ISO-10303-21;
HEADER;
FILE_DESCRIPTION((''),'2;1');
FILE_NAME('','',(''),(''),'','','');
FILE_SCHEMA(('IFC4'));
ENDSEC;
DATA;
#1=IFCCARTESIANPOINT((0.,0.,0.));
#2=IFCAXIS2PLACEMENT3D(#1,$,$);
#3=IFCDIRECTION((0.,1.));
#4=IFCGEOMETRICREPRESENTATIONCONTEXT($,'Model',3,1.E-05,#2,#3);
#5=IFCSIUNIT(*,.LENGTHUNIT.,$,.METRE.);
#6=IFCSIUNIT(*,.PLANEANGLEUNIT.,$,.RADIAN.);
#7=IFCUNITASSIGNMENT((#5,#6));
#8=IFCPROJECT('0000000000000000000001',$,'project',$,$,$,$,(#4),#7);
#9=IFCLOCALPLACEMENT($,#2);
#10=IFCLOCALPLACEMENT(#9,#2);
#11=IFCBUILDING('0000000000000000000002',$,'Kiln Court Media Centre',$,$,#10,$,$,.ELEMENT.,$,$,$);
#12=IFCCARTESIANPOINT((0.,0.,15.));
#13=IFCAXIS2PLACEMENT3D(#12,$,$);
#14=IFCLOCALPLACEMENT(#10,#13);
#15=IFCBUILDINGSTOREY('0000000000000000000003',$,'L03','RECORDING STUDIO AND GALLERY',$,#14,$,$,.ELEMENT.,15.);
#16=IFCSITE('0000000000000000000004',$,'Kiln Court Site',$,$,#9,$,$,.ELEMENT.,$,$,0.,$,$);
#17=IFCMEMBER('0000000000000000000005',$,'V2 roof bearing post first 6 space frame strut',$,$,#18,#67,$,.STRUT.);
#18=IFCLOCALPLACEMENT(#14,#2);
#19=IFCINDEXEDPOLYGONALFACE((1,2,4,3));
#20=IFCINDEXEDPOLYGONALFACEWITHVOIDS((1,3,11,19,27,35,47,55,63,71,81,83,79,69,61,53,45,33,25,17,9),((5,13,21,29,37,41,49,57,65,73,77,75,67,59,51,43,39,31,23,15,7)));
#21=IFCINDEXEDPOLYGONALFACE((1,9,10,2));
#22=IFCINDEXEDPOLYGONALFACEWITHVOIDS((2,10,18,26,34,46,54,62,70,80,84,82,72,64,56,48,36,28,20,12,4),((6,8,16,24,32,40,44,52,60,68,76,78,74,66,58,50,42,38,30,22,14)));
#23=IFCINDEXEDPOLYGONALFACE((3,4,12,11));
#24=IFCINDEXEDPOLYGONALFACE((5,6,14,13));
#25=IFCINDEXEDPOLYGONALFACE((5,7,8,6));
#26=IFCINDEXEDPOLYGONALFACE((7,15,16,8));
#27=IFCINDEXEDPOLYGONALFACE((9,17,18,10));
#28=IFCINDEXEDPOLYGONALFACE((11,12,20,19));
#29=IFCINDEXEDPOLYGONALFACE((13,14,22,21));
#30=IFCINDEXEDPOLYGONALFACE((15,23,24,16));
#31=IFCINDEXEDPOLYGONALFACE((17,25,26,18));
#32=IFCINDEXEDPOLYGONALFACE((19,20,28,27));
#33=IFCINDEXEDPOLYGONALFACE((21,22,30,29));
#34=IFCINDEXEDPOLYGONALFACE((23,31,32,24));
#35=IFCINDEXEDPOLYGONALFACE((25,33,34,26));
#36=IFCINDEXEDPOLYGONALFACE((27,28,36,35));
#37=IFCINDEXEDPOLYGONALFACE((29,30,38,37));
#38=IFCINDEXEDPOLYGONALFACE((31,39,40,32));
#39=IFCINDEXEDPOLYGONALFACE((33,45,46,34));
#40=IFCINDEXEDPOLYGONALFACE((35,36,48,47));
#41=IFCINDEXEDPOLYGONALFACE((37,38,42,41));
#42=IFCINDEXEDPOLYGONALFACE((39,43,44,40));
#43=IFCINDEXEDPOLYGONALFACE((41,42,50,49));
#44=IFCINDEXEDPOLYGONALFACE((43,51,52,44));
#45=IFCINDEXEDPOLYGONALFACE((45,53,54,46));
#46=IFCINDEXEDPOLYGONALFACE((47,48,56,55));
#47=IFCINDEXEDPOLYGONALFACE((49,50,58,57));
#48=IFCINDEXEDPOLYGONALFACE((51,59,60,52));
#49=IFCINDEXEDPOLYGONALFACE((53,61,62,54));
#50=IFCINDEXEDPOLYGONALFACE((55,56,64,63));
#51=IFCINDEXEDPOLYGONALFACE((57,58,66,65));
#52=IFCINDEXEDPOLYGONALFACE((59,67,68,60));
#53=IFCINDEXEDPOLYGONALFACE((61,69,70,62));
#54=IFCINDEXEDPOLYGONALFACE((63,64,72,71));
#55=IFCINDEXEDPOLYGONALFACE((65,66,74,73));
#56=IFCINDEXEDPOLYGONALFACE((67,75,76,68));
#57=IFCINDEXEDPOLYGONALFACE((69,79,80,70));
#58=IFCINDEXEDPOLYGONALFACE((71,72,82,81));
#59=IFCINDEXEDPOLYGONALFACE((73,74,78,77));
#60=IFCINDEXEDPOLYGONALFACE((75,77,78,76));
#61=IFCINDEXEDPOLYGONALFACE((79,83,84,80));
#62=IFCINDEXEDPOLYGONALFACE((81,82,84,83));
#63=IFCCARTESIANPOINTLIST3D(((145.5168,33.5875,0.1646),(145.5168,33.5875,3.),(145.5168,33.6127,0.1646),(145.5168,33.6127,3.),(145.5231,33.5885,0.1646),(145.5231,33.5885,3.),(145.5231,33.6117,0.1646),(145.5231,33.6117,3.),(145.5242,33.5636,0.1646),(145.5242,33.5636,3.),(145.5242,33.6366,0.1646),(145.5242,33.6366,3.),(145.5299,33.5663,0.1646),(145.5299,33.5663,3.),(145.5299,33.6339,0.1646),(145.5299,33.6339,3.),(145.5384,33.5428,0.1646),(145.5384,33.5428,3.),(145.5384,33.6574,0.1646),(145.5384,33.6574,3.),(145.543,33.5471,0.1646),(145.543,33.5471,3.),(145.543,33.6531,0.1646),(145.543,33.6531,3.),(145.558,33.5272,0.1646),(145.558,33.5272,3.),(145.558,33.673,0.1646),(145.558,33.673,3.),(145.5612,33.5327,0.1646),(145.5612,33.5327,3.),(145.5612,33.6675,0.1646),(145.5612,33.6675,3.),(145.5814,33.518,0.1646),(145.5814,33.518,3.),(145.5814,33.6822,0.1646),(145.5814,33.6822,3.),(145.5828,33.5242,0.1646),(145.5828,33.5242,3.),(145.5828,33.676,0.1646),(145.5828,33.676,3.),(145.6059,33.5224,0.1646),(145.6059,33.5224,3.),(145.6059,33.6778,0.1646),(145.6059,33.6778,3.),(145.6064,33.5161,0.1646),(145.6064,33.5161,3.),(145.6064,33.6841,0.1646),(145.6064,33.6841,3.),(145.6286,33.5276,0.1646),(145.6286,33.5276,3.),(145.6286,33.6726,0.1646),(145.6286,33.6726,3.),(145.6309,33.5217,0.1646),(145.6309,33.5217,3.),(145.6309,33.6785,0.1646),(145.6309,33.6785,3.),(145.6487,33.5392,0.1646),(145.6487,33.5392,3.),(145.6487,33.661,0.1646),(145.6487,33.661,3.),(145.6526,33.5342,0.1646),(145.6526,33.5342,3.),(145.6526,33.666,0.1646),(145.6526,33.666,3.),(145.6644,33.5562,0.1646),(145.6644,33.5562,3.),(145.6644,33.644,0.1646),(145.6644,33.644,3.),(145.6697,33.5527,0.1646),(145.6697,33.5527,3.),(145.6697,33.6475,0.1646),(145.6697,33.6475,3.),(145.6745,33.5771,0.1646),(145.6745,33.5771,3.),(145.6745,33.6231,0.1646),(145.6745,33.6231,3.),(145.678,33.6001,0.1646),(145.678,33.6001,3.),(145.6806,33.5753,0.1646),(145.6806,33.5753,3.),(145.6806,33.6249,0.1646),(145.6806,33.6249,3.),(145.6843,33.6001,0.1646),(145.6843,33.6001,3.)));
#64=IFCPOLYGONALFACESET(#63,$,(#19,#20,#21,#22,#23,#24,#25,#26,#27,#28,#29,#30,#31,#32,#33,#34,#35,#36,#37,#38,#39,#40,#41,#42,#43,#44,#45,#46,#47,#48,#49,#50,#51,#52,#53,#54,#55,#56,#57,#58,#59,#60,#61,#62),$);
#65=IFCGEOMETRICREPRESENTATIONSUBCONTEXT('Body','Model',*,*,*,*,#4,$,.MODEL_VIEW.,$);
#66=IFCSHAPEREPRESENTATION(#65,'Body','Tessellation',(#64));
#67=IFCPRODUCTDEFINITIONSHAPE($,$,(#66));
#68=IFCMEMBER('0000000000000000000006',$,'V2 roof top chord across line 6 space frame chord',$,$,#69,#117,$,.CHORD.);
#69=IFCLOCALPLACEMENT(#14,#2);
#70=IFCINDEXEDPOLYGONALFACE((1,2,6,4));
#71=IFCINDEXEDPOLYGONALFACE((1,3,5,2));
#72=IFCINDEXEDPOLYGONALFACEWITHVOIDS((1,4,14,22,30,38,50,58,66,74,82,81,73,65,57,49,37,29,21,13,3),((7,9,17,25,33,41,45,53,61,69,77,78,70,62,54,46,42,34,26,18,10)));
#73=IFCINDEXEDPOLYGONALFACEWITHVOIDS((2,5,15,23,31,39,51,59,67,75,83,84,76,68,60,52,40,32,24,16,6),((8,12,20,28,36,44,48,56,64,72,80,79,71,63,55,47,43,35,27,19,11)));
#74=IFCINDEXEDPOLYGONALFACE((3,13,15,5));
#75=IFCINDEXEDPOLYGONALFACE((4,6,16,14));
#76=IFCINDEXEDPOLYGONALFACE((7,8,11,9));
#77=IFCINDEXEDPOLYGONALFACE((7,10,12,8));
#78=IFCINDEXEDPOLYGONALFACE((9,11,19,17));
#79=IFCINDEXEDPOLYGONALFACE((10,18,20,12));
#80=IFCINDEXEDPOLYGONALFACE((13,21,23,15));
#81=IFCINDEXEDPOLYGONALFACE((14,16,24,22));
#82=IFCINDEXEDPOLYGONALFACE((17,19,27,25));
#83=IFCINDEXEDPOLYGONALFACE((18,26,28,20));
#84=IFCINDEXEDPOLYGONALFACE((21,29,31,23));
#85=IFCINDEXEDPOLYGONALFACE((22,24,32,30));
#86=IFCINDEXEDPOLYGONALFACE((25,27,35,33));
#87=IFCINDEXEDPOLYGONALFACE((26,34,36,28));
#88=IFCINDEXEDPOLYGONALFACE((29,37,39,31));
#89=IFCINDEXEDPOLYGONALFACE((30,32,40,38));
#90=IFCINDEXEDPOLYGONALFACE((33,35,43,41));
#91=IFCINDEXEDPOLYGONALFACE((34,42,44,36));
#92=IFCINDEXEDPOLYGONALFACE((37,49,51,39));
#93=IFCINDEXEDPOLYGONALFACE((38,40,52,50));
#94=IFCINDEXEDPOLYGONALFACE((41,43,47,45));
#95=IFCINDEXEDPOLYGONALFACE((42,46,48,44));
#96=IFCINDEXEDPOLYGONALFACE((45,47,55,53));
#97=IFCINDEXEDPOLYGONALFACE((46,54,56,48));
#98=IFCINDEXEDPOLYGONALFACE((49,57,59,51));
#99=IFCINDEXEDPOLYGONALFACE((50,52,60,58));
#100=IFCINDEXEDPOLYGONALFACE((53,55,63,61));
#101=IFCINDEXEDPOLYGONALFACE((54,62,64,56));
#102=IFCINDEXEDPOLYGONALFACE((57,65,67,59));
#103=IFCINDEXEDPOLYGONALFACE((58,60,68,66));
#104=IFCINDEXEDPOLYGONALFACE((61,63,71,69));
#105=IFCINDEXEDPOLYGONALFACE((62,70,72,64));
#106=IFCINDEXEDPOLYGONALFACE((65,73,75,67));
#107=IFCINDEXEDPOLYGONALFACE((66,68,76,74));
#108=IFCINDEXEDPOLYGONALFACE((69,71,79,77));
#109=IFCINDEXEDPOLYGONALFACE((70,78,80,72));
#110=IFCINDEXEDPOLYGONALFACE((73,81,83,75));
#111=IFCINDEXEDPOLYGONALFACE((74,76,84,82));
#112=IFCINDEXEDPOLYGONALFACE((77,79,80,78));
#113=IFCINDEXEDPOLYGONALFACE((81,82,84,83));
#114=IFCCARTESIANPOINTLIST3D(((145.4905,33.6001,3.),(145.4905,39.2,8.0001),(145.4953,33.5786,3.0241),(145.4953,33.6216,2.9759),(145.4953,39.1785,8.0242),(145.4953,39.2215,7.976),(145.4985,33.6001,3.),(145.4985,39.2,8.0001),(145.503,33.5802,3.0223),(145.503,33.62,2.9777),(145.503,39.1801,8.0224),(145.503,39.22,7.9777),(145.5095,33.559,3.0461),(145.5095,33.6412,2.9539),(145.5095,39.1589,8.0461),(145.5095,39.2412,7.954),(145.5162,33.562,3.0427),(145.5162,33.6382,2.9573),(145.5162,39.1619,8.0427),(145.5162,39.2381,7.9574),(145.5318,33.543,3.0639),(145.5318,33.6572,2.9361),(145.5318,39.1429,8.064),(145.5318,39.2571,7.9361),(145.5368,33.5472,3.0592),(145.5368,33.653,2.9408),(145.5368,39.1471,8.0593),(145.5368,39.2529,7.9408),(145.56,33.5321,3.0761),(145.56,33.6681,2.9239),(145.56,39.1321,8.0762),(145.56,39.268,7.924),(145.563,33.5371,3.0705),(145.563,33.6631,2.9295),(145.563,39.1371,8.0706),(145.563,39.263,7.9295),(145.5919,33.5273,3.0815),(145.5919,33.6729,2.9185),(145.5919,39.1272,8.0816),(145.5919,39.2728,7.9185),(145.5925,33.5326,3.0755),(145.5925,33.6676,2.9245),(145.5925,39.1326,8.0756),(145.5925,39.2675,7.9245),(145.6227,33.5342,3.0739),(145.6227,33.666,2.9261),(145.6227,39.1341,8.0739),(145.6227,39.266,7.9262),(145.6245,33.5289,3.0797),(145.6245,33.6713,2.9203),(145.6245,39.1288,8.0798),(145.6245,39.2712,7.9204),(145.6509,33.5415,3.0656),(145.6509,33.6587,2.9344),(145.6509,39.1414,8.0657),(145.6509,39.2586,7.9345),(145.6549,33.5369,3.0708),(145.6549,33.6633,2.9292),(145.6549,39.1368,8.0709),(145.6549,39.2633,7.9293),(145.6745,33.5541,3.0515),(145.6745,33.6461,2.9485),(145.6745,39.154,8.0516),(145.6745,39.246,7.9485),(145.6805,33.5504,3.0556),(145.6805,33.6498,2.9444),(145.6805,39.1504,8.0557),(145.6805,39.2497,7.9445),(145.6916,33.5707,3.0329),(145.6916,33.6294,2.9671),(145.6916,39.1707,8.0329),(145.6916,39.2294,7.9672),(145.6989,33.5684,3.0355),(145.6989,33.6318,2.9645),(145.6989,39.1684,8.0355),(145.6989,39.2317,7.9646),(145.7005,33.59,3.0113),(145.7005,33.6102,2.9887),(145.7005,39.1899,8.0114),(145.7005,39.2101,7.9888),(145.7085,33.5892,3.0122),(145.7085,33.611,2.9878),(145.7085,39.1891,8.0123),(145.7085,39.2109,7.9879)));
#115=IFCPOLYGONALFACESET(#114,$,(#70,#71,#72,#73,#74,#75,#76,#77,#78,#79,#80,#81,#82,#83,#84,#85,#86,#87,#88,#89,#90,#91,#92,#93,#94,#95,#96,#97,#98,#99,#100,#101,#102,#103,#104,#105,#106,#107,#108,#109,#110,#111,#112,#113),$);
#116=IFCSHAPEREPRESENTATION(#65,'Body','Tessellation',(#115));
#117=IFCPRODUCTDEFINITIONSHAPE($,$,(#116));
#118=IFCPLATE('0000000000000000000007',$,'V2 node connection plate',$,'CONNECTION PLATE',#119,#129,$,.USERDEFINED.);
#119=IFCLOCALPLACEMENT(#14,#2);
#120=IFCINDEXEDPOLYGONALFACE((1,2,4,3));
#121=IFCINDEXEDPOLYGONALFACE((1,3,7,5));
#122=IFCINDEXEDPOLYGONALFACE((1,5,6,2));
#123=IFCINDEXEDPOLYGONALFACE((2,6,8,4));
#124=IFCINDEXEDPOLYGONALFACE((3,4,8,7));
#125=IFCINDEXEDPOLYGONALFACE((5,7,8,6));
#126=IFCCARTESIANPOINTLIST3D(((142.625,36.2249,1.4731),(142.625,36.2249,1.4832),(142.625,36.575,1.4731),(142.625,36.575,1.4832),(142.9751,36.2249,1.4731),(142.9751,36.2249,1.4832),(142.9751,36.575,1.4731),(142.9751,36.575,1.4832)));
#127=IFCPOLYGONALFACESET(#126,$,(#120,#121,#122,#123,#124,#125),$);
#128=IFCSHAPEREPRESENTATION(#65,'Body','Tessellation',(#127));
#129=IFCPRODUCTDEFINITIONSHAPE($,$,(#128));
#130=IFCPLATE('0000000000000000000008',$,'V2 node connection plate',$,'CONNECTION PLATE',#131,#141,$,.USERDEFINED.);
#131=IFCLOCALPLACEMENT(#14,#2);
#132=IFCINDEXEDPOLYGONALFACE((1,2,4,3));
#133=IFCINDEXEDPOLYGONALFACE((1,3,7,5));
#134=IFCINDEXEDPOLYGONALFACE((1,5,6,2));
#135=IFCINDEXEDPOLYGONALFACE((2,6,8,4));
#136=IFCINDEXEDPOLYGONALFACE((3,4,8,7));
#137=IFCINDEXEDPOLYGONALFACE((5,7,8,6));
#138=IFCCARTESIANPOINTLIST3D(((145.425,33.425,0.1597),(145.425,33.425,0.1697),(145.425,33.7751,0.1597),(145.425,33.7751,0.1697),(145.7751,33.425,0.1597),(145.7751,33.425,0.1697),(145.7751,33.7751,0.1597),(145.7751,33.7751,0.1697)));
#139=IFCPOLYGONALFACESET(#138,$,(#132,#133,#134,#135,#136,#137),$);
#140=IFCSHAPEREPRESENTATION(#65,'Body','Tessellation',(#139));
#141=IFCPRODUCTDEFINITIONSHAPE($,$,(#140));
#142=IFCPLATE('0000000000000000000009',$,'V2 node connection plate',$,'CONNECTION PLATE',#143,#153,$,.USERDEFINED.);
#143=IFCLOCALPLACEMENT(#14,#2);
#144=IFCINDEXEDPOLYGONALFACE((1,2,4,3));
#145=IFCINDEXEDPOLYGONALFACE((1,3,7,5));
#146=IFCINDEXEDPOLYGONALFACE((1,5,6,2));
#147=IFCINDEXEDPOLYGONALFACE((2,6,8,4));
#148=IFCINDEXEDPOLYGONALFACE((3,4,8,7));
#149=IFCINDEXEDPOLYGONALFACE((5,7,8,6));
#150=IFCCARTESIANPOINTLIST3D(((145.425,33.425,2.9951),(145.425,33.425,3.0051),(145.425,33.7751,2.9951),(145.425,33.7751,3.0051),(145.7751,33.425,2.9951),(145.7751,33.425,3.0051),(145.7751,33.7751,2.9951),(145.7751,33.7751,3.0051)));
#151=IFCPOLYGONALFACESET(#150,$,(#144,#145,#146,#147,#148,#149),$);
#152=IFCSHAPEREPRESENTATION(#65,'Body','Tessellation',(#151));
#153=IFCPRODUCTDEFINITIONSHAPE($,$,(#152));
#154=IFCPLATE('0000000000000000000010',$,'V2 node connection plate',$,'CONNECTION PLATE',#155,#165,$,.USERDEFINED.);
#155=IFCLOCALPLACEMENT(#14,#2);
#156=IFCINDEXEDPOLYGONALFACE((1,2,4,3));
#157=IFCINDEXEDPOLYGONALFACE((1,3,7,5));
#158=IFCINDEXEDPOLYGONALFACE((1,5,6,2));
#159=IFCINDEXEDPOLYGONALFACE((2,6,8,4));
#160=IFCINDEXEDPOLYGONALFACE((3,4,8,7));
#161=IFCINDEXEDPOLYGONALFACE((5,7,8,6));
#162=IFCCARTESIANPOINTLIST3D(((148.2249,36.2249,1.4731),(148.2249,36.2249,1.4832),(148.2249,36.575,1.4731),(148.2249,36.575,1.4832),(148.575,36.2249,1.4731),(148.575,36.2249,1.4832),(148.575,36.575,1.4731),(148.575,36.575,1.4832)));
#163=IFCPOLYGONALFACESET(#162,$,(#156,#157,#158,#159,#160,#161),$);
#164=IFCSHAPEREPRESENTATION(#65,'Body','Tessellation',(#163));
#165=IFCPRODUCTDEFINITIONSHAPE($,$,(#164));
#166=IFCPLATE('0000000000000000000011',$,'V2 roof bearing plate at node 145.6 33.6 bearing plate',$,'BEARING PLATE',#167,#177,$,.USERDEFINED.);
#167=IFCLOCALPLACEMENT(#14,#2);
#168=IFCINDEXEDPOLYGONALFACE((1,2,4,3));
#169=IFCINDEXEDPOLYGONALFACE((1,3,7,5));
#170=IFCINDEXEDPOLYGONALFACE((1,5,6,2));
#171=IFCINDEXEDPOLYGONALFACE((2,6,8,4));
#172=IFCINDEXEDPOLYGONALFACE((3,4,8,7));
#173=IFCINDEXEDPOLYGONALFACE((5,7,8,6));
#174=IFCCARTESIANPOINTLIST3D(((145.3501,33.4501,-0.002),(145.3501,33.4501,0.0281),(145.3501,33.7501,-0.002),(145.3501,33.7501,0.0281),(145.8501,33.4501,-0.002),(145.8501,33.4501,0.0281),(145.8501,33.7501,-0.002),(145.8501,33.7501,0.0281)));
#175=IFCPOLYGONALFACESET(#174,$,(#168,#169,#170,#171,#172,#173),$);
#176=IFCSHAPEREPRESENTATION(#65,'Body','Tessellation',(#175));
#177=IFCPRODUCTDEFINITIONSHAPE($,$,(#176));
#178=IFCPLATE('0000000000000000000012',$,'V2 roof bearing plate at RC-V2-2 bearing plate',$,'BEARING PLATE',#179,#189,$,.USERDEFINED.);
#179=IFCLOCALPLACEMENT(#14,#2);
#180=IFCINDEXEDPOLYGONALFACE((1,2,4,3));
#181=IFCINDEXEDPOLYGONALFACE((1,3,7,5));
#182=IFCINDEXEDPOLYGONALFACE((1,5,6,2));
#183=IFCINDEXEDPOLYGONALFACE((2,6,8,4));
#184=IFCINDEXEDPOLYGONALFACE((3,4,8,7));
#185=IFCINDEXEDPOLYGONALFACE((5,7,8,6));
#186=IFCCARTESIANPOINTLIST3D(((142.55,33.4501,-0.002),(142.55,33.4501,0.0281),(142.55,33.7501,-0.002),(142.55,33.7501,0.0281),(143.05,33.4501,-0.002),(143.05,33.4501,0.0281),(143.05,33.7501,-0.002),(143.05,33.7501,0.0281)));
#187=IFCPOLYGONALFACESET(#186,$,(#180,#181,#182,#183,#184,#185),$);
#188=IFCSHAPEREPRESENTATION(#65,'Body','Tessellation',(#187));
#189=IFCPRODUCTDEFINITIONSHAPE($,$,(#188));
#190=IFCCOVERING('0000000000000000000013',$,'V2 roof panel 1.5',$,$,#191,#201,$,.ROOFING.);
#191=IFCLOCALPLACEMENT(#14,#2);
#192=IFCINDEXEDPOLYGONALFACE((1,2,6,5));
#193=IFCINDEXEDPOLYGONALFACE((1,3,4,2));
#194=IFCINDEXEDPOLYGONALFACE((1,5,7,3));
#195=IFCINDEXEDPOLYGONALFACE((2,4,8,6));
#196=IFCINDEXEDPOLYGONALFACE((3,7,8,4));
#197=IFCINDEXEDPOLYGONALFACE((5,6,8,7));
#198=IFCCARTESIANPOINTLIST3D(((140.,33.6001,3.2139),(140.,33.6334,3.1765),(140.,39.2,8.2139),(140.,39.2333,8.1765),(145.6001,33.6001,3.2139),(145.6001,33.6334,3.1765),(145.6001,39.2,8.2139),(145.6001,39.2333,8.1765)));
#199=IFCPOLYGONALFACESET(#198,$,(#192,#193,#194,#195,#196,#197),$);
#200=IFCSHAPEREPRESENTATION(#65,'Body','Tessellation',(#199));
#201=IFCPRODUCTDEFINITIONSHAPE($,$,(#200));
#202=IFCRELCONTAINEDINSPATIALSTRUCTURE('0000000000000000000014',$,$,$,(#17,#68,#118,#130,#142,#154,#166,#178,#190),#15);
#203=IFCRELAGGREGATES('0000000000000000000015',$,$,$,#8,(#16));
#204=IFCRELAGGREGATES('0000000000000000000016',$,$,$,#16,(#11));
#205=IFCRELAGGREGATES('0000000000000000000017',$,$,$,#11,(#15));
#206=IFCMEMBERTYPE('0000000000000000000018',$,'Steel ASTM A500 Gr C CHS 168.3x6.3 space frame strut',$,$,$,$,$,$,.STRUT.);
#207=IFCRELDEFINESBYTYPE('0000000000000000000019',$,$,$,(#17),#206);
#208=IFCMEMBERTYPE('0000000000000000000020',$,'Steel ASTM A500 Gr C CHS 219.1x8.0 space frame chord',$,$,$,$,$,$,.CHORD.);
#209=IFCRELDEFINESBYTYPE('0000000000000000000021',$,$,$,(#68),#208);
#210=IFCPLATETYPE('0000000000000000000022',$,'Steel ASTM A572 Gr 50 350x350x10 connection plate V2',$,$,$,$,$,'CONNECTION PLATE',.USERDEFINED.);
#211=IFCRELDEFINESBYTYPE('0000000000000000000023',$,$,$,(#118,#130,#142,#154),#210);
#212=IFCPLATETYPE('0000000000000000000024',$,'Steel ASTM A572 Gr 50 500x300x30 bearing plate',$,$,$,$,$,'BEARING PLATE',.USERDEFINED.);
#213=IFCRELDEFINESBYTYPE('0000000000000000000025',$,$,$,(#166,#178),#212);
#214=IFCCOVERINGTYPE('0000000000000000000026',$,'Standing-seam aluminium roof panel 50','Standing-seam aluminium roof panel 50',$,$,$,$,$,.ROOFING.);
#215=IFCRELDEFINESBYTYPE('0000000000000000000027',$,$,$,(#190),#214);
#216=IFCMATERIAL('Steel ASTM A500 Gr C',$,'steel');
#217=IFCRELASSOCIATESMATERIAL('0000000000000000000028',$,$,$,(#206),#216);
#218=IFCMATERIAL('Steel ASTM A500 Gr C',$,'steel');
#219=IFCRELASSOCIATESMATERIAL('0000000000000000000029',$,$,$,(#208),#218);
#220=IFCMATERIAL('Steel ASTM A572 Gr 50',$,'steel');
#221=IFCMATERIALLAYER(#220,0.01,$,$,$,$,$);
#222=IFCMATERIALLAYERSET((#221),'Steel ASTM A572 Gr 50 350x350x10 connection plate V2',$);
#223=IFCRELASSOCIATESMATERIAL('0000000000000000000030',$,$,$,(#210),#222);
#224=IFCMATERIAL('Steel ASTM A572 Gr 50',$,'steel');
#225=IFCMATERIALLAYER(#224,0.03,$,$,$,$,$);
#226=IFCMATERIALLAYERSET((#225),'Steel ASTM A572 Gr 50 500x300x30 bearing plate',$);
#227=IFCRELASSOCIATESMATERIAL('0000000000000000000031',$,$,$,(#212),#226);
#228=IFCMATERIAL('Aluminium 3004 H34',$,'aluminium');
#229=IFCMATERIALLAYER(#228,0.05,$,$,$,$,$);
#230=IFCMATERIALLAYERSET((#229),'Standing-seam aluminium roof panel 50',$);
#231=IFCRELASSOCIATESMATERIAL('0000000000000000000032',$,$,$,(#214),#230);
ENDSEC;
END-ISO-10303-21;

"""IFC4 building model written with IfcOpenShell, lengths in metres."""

from ifc_helpers import new_model, si_unit, direction, frame, origin, origin_2d, place, context, subcontext, project, spatial, polyline, rectangle, hollow_circle, outline, extrude, material, layer, layer_set, material_profile, profile_set, type_object, element, save


model = new_model("IFC4")

# Units and contexts
model_context = context("Model", 3, precision=1e-05, world=origin(), true_north=direction((0.0, 1.0)))
body_context = subcontext(model_context, "Body", "Model", "MODEL_VIEW")
ifc_project = project(units=[si_unit("LENGTHUNIT", "METRE"), si_unit("PLANEANGLEUNIT", "RADIAN")], contexts=[model_context])

# Site, building, storey
site_placement = place(None, origin())
site = spatial("IfcSite", under=ifc_project, at=site_placement, Name="Kiln Court Site", CompositionType="ELEMENT", RefElevation=0.0)
building_placement = place(site_placement, origin())
building = spatial("IfcBuilding", under=site, at=building_placement, Name="Kiln Court Media Centre", CompositionType="ELEMENT")
storey_placement = place(building_placement, frame((0.0, 0.0, 15.0)))
storey = spatial("IfcBuildingStorey", under=building, at=storey_placement, Name="L03", Description="RECORDING STUDIO AND GALLERY", CompositionType="ELEMENT", Elevation=15.0)

# Members
ifc_material_1 = material(Name="Steel ASTM A500 Gr C", Category="steel")
ifc_material_profile_1 = material_profile(ifc_material_1, hollow_circle(Radius=0.0842, WallThickness=0.0063, at=origin_2d()), Name="CHS 168.3x6.3")
ifc_profile_set_1 = profile_set([ifc_material_profile_1], Name="Steel ASTM A500 Gr C")
member_type_1 = type_object("IfcMemberType", Name="Steel ASTM A500 Gr C CHS 168.3x6.3 space frame strut", PredefinedType="STRUT", material=ifc_profile_set_1)
member_1_placement = place(storey_placement, frame((145.6001, 33.6001, 0.1646), z_axis=(0.0, 0.0, 1.0), x_axis=(1.0, 0.0, 0.0)))
element("IfcMember", 1, at=member_1_placement, inside=storey, type_object=member_type_1, Name="V2 roof bearing post first 6 space frame strut", PredefinedType="STRUT", context=body_context, shape_type="SweptSolid", body=[
    extrude(hollow_circle(Radius=0.0842, WallThickness=0.0063, at=origin_2d()), origin(), (0.0, 0.0, 1.0), 2.8354),
])
ifc_material_2 = material(Name="Steel ASTM A500 Gr C", Category="steel")
ifc_material_profile_2 = material_profile(ifc_material_2, hollow_circle(Radius=0.1096, WallThickness=0.0081, at=origin_2d()), Name="CHS 219.1x8.0")
ifc_profile_set_2 = profile_set([ifc_material_profile_2], Name="Steel ASTM A500 Gr C")
member_type_2 = type_object("IfcMemberType", Name="Steel ASTM A500 Gr C CHS 219.1x8.0 space frame chord", PredefinedType="CHORD", material=ifc_profile_set_2)
member_2_placement = place(storey_placement, frame((145.6001, 33.6001, 3.0), z_axis=(0.0, 0.745929, 0.666025), x_axis=(-1.0, 0.0, 0.0)))
element("IfcMember", 2, at=member_2_placement, inside=storey, type_object=member_type_2, Name="V2 roof top chord across line 6 space frame chord", PredefinedType="CHORD", context=body_context, shape_type="SweptSolid", body=[
    extrude(hollow_circle(Radius=0.1096, WallThickness=0.0081, at=origin_2d()), origin(), (0.0, 0.0, 1.0), 7.5073),
])

# Plates
ifc_material_3 = material(Name="Steel ASTM A572 Gr 50", Category="steel")
ifc_layer_1 = layer(ifc_material_3, 0.01)
ifc_layer_set_1 = layer_set([ifc_layer_1], Name="Steel ASTM A572 Gr 50 350x350x10 connection plate V2")
plate_type_1 = type_object("IfcPlateType", Name="Steel ASTM A572 Gr 50 350x350x10 connection plate V2", ElementType="CONNECTION PLATE", PredefinedType="USERDEFINED", material=ifc_layer_set_1)
for number, where, z_axis, x_axis, name in (
    (3, (142.8, 36.3999, 1.4731), (0.0, 0.0, 1.0), (1.0, 0.0, 0.0), "V2 node connection plate"),
    (4, (145.6001, 33.6001, 0.1597), (0.0, 0.0, 1.0), (1.0, 0.0, 0.0), "V2 node connection plate"),
    (5, (145.6001, 33.6001, 2.9951), (0.0, 0.0, 1.0), (1.0, 0.0, 0.0), "V2 node connection plate"),
    (6, (148.3999, 36.3999, 1.4731), (0.0, 0.0, 1.0), (1.0, 0.0, 0.0), "V2 node connection plate"),
):
    element("IfcPlate", number, at=place(storey_placement, frame(where, z_axis=z_axis, x_axis=x_axis)), inside=storey, type_object=plate_type_1, Name=name, ObjectType="CONNECTION PLATE", PredefinedType="USERDEFINED", context=body_context, shape_type="SweptSolid", body=[
        extrude(rectangle(XDim=0.3501, YDim=0.3501, at=origin_2d()), origin(), (0.0, 0.0, 1.0), 0.01),
    ])
ifc_material_4 = material(Name="Steel ASTM A572 Gr 50", Category="steel")
ifc_layer_2 = layer(ifc_material_4, 0.03)
ifc_layer_set_2 = layer_set([ifc_layer_2], Name="Steel ASTM A572 Gr 50 500x300x30 bearing plate")
plate_type_2 = type_object("IfcPlateType", Name="Steel ASTM A572 Gr 50 500x300x30 bearing plate", ElementType="BEARING PLATE", PredefinedType="USERDEFINED", material=ifc_layer_set_2)
for number, where, z_axis, x_axis, name in (
    (7, (145.6001, 33.6001, -0.002), (0.0, 0.0, 1.0), (1.0, 0.0, 0.0), "V2 roof bearing plate at node 145.6 33.6 bearing plate"),
    (8, (142.8, 33.6001, -0.002), (0.0, 0.0, 1.0), (1.0, 0.0, 0.0), "V2 roof bearing plate at RC-V2-2 bearing plate"),
):
    element("IfcPlate", number, at=place(storey_placement, frame(where, z_axis=z_axis, x_axis=x_axis)), inside=storey, type_object=plate_type_2, Name=name, ObjectType="BEARING PLATE", PredefinedType="USERDEFINED", context=body_context, shape_type="SweptSolid", body=[
        extrude(rectangle(XDim=0.5, YDim=0.3, at=origin_2d()), origin(), (0.0, 0.0, 1.0), 0.03),
    ])

# Covering
ifc_material_5 = material(Name="Aluminium 3004 H34", Category="aluminium")
ifc_layer_3 = layer(ifc_material_5, 0.05)
ifc_layer_set_3 = layer_set([ifc_layer_3], Name="Standing-seam aluminium roof panel 50")
covering_type = type_object("IfcCoveringType", Name="Standing-seam aluminium roof panel 50", Description="Standing-seam aluminium roof panel 50", PredefinedType="ROOFING", material=ifc_layer_set_3)
covering_1_placement = place(storey_placement, frame((140.0, 33.6001, 3.2139), z_axis=(0.0, -0.666025, 0.745929), x_axis=(0.0, 0.745929, 0.666025)))
element("IfcCovering", 9, at=covering_1_placement, inside=storey, type_object=covering_type, Name="V2 roof panel 1.5", PredefinedType="ROOFING", context=body_context, shape_type="SweptSolid", body=[
    extrude(outline(polyline([(0.0, 0.0), (7.5072, 0.0), (7.5072, -5.6001), (0.0, -5.6001), (0.0, 0.0)])), origin(), (0.0, 0.0, -1.0), 0.05),
])

save(model, "model.ifc")
